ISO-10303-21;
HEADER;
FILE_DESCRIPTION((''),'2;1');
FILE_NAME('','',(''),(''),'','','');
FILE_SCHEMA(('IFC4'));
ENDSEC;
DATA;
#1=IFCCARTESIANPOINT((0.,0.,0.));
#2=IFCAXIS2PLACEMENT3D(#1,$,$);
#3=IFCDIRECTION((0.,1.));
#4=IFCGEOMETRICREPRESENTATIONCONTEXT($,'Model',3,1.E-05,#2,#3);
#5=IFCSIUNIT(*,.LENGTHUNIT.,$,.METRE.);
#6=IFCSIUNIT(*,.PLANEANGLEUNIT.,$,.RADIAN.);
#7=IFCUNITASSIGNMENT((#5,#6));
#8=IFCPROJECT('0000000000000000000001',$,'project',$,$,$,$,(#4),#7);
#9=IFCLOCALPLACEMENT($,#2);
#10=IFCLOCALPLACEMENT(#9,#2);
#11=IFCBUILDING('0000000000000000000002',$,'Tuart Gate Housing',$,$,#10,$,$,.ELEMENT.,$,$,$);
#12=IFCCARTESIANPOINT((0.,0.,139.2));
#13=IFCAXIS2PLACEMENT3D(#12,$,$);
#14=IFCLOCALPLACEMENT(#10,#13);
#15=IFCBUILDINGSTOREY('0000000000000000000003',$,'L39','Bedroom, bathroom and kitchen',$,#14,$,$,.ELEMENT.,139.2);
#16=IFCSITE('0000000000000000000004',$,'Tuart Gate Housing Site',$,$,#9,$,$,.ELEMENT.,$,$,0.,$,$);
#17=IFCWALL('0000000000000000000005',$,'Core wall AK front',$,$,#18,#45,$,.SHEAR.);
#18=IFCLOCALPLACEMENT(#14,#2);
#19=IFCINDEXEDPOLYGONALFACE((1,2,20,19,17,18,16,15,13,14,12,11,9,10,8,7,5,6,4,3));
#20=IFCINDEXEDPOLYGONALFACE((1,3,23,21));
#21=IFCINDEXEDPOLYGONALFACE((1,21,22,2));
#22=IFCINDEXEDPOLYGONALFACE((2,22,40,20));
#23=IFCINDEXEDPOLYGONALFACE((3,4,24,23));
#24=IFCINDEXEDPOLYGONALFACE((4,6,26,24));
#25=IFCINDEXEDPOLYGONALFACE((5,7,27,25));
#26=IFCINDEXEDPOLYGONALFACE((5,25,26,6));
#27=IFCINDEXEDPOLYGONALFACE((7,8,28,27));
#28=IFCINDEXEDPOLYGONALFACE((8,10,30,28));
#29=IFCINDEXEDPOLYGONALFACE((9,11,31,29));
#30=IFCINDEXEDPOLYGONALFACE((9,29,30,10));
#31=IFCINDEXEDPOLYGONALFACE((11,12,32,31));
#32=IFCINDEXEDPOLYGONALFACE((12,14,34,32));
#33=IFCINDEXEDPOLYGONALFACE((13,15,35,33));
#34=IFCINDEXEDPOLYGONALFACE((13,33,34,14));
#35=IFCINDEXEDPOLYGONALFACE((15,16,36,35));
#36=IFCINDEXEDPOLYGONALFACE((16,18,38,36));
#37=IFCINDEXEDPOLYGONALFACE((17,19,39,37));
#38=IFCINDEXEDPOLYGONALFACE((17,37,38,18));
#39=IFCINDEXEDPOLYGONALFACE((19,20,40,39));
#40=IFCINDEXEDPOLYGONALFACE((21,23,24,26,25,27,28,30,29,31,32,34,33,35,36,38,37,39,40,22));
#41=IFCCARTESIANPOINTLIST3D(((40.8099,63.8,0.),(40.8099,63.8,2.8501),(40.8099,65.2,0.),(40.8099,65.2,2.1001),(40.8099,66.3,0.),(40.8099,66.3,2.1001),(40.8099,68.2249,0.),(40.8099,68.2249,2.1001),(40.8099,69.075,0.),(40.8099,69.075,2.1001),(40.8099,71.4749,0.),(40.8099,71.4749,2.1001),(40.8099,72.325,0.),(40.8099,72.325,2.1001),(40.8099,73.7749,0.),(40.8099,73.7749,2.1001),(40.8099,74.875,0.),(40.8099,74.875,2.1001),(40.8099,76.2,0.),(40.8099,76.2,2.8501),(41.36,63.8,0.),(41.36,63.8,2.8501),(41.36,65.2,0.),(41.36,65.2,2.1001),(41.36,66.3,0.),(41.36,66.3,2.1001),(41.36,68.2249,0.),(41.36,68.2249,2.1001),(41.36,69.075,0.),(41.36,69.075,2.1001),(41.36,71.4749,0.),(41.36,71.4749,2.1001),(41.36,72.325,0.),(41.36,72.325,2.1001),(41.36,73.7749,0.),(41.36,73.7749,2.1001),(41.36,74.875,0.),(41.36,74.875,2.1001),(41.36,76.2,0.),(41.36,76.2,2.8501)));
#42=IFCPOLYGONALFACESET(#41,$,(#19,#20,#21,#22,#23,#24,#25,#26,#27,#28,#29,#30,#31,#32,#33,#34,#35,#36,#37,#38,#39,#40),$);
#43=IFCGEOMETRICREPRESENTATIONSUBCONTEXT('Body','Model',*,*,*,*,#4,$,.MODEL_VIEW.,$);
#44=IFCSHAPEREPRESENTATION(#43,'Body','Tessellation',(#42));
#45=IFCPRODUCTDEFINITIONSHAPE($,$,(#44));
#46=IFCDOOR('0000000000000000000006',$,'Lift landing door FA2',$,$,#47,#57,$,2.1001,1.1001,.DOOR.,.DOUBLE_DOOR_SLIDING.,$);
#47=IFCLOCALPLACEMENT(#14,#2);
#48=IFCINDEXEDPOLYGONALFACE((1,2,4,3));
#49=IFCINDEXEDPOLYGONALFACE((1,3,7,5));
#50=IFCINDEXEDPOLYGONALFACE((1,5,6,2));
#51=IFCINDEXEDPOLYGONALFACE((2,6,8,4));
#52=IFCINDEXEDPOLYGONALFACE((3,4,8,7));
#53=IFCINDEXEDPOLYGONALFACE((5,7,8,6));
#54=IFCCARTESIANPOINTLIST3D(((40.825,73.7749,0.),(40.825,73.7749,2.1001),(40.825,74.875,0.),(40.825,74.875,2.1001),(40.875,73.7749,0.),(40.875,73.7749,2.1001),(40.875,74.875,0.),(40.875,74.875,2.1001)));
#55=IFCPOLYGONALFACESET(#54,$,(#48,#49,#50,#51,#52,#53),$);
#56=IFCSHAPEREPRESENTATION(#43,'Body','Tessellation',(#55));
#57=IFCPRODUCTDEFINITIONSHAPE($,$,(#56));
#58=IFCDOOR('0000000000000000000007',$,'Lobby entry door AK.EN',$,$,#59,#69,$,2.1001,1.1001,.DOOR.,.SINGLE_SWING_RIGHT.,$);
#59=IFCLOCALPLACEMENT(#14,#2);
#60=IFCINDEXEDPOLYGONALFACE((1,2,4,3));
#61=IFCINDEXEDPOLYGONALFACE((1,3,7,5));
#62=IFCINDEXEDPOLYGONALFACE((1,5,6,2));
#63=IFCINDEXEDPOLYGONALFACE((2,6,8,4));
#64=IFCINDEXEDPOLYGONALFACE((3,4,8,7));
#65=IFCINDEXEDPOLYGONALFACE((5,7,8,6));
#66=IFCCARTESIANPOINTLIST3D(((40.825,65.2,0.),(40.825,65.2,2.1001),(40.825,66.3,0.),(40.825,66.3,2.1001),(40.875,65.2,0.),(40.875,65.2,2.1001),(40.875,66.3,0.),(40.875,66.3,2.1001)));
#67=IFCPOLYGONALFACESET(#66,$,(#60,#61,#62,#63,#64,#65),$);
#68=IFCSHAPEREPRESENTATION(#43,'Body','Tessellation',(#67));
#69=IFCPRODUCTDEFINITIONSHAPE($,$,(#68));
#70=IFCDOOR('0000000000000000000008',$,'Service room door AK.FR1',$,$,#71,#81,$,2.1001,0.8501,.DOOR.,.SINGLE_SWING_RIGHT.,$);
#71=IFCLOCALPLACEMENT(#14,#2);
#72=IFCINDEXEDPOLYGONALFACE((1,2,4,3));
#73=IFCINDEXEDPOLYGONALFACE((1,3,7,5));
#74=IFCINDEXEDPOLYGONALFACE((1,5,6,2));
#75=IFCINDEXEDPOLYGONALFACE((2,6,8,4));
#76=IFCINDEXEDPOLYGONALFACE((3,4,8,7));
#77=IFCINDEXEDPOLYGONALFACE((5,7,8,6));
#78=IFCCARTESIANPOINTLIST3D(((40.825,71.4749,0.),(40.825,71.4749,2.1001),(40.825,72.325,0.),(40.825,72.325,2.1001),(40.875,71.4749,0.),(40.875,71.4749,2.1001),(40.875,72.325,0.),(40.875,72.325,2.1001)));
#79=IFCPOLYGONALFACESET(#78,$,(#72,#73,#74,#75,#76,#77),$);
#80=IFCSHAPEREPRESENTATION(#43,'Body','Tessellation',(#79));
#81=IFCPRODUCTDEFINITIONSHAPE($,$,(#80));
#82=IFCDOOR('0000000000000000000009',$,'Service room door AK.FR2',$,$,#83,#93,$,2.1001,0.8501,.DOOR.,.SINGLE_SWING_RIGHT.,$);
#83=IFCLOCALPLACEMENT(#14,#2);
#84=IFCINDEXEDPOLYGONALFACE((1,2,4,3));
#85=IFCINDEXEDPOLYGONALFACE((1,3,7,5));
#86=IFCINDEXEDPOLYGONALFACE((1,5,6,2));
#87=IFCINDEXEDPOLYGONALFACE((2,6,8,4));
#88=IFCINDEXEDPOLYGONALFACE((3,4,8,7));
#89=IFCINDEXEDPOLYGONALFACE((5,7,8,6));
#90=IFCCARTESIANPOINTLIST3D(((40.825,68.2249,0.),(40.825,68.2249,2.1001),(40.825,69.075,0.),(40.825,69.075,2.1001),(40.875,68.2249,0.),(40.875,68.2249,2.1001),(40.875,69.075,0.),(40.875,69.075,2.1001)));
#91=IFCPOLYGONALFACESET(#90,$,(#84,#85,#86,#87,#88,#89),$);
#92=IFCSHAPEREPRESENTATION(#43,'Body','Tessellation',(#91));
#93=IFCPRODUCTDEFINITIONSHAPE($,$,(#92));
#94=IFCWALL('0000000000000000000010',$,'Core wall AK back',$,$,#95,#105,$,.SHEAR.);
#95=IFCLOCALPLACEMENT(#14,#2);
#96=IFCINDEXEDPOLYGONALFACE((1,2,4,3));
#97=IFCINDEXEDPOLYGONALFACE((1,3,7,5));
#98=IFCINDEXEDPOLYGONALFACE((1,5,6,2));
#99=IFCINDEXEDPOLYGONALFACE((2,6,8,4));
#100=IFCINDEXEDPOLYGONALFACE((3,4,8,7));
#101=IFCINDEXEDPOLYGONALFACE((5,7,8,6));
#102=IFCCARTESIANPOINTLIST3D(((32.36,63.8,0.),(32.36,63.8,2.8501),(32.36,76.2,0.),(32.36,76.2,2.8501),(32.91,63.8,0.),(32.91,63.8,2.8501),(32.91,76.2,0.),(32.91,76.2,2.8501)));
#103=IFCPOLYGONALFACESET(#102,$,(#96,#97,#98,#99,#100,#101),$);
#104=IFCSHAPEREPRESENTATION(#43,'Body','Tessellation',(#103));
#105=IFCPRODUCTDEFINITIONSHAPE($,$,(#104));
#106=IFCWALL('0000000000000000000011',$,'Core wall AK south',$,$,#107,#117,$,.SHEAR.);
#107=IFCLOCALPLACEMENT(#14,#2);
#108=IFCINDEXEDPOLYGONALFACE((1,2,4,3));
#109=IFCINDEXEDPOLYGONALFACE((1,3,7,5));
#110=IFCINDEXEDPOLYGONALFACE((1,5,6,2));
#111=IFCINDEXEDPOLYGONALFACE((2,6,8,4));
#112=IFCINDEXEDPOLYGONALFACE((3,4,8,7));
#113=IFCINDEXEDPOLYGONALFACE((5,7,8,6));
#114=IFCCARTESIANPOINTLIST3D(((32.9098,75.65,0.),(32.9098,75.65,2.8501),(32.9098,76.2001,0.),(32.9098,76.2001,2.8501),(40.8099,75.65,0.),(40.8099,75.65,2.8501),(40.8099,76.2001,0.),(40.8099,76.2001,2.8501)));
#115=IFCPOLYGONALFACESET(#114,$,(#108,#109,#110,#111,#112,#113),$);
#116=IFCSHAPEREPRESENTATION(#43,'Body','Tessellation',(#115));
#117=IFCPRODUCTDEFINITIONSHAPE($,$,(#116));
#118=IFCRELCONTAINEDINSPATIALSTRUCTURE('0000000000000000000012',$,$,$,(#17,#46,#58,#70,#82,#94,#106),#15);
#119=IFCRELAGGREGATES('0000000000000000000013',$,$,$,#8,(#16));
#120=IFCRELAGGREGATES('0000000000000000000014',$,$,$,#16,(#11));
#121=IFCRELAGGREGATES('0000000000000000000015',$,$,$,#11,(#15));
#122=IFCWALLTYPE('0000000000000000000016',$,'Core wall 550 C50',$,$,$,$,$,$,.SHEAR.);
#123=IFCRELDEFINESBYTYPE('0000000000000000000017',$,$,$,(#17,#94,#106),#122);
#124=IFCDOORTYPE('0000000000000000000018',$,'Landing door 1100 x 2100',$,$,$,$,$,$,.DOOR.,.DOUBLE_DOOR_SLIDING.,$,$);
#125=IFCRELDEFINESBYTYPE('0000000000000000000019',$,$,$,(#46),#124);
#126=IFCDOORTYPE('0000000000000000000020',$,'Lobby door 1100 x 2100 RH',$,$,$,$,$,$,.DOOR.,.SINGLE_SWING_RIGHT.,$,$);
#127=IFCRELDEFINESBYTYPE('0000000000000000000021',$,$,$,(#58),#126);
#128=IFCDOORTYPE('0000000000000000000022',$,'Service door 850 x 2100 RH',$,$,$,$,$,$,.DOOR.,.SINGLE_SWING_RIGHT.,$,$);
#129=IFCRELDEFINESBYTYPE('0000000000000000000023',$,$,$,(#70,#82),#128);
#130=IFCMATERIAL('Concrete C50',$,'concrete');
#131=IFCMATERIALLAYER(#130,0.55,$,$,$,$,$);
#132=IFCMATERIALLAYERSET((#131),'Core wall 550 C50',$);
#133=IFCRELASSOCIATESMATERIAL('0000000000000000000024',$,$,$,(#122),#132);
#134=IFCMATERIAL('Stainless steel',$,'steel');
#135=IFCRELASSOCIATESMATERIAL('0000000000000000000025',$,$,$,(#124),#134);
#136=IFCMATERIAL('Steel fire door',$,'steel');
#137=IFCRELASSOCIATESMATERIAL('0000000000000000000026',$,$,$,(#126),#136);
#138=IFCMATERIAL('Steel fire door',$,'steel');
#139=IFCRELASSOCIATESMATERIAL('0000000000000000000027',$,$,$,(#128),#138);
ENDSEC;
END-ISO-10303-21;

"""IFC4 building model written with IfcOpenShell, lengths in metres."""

from ifc_helpers import new_model, si_unit, direction, frame, frame_2d, origin, place, context, subcontext, project, spatial, rectangle, extrude, material, layer, layer_set, type_object, element, fill, save


model = new_model("IFC4")

# Units and contexts
model_context = context("Model", 3, precision=1e-05, world=origin(), true_north=direction((0.0, 1.0)))
body_context = subcontext(model_context, "Body", "Model", "MODEL_VIEW")
ifc_project = project(units=[si_unit("LENGTHUNIT", "METRE"), si_unit("PLANEANGLEUNIT", "RADIAN")], contexts=[model_context])

# Site, building, storey
site_placement = place(None, origin())
site = spatial("IfcSite", under=ifc_project, at=site_placement, Name="Tuart Gate Housing Site", CompositionType="ELEMENT", RefElevation=0.0)
building_placement = place(site_placement, origin())
building = spatial("IfcBuilding", under=site, at=building_placement, Name="Tuart Gate Housing", CompositionType="ELEMENT")
storey_placement = place(building_placement, frame((0.0, 0.0, 139.2)))
storey = spatial("IfcBuildingStorey", under=building, at=storey_placement, Name="L39", Description="Bedroom, bathroom and kitchen", CompositionType="ELEMENT", Elevation=139.2)

# Wall, openings, doors
ifc_material_1 = material(Name="Concrete C50", Category="concrete")
ifc_layer_1 = layer(ifc_material_1, 0.55)
ifc_layer_set_1 = layer_set([ifc_layer_1], Name="Core wall 550 C50")
wall_type_1 = type_object("IfcWallType", Name="Core wall 550 C50", PredefinedType="SHEAR", material=ifc_layer_set_1)
wall_1_placement = place(storey_placement, frame((41.085, 76.2, 0.0), z_axis=(0.0, 0.0, 1.0), x_axis=(0.0, -1.0, 0.0)))
wall_1 = element("IfcWall", 1, at=wall_1_placement, inside=storey, type_object=wall_type_1, Name="Core wall AK front", PredefinedType="SHEAR", context=body_context, shape_type="SweptSolid", body=[
    extrude(rectangle(XDim=12.3999, YDim=0.55, at=frame_2d((6.2, 0.0))), origin(), (0.0, 0.0, 1.0), 2.8501),
])
opening_1_placement = place(wall_1_placement, frame((1.325, 0.0, 0.0)))
opening_1 = element("IfcOpeningElement", 2, at=opening_1_placement, cuts=wall_1, PredefinedType="OPENING", context=body_context, shape_type="SweptSolid", body=[
    extrude(rectangle(XDim=1.1001, YDim=2.1001, at=frame_2d((0.55, 1.05))), frame((0.0, 0.2849, 0.0), z_axis=(0.0, -1.0, 0.0), x_axis=(1.0, 0.0, 0.0)), (0.0, 0.0, 1.0), 0.5701),
])
opening_2_placement = place(wall_1_placement, frame((3.875, 0.0, 0.0)))
opening_2 = element("IfcOpeningElement", 3, at=opening_2_placement, cuts=wall_1, PredefinedType="OPENING", context=body_context, shape_type="SweptSolid", body=[
    extrude(rectangle(XDim=0.8501, YDim=2.1001, at=frame_2d((0.425, 1.05))), frame((0.0, 0.2849, 0.0), z_axis=(0.0, -1.0, 0.0), x_axis=(1.0, 0.0, 0.0)), (0.0, 0.0, 1.0), 0.5701),
])
opening_3_placement = place(wall_1_placement, frame((7.125, 0.0, 0.0)))
opening_3 = element("IfcOpeningElement", 4, at=opening_3_placement, cuts=wall_1, PredefinedType="OPENING", context=body_context, shape_type="SweptSolid", body=[
    extrude(rectangle(XDim=0.8501, YDim=2.1001, at=frame_2d((0.425, 1.05))), frame((0.0, 0.2849, 0.0), z_axis=(0.0, -1.0, 0.0), x_axis=(1.0, 0.0, 0.0)), (0.0, 0.0, 1.0), 0.5701),
])
opening_4_placement = place(wall_1_placement, frame((9.8999, 0.0, 0.0)))
opening_4 = element("IfcOpeningElement", 5, at=opening_4_placement, cuts=wall_1, PredefinedType="OPENING", context=body_context, shape_type="SweptSolid", body=[
    extrude(rectangle(XDim=1.1001, YDim=2.1001, at=frame_2d((0.55, 1.05))), frame((0.0, 0.2849, 0.0), z_axis=(0.0, -1.0, 0.0), x_axis=(1.0, 0.0, 0.0)), (0.0, 0.0, 1.0), 0.5701),
])
ifc_material_2 = material(Name="Stainless steel", Category="steel")
door_type_1 = type_object("IfcDoorType", Name="Landing door 1100 x 2100", OperationType="DOUBLE_DOOR_SLIDING", PredefinedType="DOOR", material=ifc_material_2)
door_1_placement = place(opening_1_placement, origin())
door_1 = element("IfcDoor", 6, at=door_1_placement, inside=storey, type_object=door_type_1, Name="Lift landing door FA2", OperationType="DOUBLE_DOOR_SLIDING", OverallHeight=2.1001, OverallWidth=1.1001, PredefinedType="DOOR", context=body_context, shape_type="SweptSolid", body=[
    extrude(rectangle(XDim=1.1001, YDim=2.1001, at=frame_2d((0.55, 1.05))), frame((0.0, -0.21, 0.0), z_axis=(0.0, -1.0, 0.0), x_axis=(1.0, 0.0, 0.0)), (0.0, 0.0, 1.0), 0.05),
])
fill(opening_1, door_1)
ifc_material_3 = material(Name="Steel fire door", Category="steel")
door_type_2 = type_object("IfcDoorType", Name="Lobby door 1100 x 2100 RH", OperationType="SINGLE_SWING_RIGHT", PredefinedType="DOOR", material=ifc_material_3)
door_2_placement = place(opening_4_placement, frame((1.1001, 0.0, 0.0), z_axis=(0.0, 0.0, 1.0), x_axis=(-1.0, 0.0, 0.0)))
door_2 = element("IfcDoor", 7, at=door_2_placement, inside=storey, type_object=door_type_2, Name="Lobby entry door AK.EN", OperationType="SINGLE_SWING_RIGHT", OverallHeight=2.1001, OverallWidth=1.1001, PredefinedType="DOOR", context=body_context, shape_type="SweptSolid", body=[
    extrude(rectangle(XDim=1.1001, YDim=2.1001, at=frame_2d((0.55, 1.05))), frame((0.0, 0.26, 0.0), z_axis=(0.0, -1.0, 0.0), x_axis=(1.0, 0.0, 0.0)), (0.0, 0.0, 1.0), 0.05),
])
fill(opening_4, door_2)
ifc_material_4 = material(Name="Steel fire door", Category="steel")
door_type_3 = type_object("IfcDoorType", Name="Service door 850 x 2100 RH", OperationType="SINGLE_SWING_RIGHT", PredefinedType="DOOR", material=ifc_material_4)
door_3_placement = place(opening_2_placement, frame((0.8501, 0.0, 0.0), z_axis=(0.0, 0.0, 1.0), x_axis=(-1.0, 0.0, 0.0)))
door_3 = element("IfcDoor", 8, at=door_3_placement, inside=storey, type_object=door_type_3, Name="Service room door AK.FR1", OperationType="SINGLE_SWING_RIGHT", OverallHeight=2.1001, OverallWidth=0.8501, PredefinedType="DOOR", context=body_context, shape_type="SweptSolid", body=[
    extrude(rectangle(XDim=0.8501, YDim=2.1001, at=frame_2d((0.425, 1.05))), frame((0.0, 0.26, 0.0), z_axis=(0.0, -1.0, 0.0), x_axis=(1.0, 0.0, 0.0)), (0.0, 0.0, 1.0), 0.05),
])
fill(opening_2, door_3)
door_4_placement = place(opening_3_placement, frame((0.8501, 0.0, 0.0), z_axis=(0.0, 0.0, 1.0), x_axis=(-1.0, 0.0, 0.0)))
door_4 = element("IfcDoor", 9, at=door_4_placement, inside=storey, type_object=door_type_3, Name="Service room door AK.FR2", OperationType="SINGLE_SWING_RIGHT", OverallHeight=2.1001, OverallWidth=0.8501, PredefinedType="DOOR", context=body_context, shape_type="SweptSolid", body=[
    extrude(rectangle(XDim=0.8501, YDim=2.1001, at=frame_2d((0.425, 1.05))), frame((0.0, 0.26, 0.0), z_axis=(0.0, -1.0, 0.0), x_axis=(1.0, 0.0, 0.0)), (0.0, 0.0, 1.0), 0.05),
])
fill(opening_3, door_4)

# Walls
wall_2_placement = place(storey_placement, frame((32.635, 76.2, 0.0), z_axis=(0.0, 0.0, 1.0), x_axis=(0.0, -1.0, 0.0)))
element("IfcWall", 10, at=wall_2_placement, inside=storey, type_object=wall_type_1, Name="Core wall AK back", PredefinedType="SHEAR", context=body_context, shape_type="SweptSolid", body=[
    extrude(rectangle(XDim=12.3999, YDim=0.55, at=frame_2d((6.2, 0.0))), origin(), (0.0, 0.0, 1.0), 2.8501),
])
wall_3_placement = place(storey_placement, frame((40.8101, 75.925, 0.0), z_axis=(0.0, 0.0, 1.0), x_axis=(-1.0, 0.0, 0.0)))
element("IfcWall", 11, at=wall_3_placement, inside=storey, type_object=wall_type_1, Name="Core wall AK south", PredefinedType="SHEAR", context=body_context, shape_type="SweptSolid", body=[
    extrude(rectangle(XDim=7.9001, YDim=0.55, at=frame_2d((3.9502, 0.0))), origin(), (0.0, 0.0, 1.0), 2.8501),
])

save(model, "model.ifc")
